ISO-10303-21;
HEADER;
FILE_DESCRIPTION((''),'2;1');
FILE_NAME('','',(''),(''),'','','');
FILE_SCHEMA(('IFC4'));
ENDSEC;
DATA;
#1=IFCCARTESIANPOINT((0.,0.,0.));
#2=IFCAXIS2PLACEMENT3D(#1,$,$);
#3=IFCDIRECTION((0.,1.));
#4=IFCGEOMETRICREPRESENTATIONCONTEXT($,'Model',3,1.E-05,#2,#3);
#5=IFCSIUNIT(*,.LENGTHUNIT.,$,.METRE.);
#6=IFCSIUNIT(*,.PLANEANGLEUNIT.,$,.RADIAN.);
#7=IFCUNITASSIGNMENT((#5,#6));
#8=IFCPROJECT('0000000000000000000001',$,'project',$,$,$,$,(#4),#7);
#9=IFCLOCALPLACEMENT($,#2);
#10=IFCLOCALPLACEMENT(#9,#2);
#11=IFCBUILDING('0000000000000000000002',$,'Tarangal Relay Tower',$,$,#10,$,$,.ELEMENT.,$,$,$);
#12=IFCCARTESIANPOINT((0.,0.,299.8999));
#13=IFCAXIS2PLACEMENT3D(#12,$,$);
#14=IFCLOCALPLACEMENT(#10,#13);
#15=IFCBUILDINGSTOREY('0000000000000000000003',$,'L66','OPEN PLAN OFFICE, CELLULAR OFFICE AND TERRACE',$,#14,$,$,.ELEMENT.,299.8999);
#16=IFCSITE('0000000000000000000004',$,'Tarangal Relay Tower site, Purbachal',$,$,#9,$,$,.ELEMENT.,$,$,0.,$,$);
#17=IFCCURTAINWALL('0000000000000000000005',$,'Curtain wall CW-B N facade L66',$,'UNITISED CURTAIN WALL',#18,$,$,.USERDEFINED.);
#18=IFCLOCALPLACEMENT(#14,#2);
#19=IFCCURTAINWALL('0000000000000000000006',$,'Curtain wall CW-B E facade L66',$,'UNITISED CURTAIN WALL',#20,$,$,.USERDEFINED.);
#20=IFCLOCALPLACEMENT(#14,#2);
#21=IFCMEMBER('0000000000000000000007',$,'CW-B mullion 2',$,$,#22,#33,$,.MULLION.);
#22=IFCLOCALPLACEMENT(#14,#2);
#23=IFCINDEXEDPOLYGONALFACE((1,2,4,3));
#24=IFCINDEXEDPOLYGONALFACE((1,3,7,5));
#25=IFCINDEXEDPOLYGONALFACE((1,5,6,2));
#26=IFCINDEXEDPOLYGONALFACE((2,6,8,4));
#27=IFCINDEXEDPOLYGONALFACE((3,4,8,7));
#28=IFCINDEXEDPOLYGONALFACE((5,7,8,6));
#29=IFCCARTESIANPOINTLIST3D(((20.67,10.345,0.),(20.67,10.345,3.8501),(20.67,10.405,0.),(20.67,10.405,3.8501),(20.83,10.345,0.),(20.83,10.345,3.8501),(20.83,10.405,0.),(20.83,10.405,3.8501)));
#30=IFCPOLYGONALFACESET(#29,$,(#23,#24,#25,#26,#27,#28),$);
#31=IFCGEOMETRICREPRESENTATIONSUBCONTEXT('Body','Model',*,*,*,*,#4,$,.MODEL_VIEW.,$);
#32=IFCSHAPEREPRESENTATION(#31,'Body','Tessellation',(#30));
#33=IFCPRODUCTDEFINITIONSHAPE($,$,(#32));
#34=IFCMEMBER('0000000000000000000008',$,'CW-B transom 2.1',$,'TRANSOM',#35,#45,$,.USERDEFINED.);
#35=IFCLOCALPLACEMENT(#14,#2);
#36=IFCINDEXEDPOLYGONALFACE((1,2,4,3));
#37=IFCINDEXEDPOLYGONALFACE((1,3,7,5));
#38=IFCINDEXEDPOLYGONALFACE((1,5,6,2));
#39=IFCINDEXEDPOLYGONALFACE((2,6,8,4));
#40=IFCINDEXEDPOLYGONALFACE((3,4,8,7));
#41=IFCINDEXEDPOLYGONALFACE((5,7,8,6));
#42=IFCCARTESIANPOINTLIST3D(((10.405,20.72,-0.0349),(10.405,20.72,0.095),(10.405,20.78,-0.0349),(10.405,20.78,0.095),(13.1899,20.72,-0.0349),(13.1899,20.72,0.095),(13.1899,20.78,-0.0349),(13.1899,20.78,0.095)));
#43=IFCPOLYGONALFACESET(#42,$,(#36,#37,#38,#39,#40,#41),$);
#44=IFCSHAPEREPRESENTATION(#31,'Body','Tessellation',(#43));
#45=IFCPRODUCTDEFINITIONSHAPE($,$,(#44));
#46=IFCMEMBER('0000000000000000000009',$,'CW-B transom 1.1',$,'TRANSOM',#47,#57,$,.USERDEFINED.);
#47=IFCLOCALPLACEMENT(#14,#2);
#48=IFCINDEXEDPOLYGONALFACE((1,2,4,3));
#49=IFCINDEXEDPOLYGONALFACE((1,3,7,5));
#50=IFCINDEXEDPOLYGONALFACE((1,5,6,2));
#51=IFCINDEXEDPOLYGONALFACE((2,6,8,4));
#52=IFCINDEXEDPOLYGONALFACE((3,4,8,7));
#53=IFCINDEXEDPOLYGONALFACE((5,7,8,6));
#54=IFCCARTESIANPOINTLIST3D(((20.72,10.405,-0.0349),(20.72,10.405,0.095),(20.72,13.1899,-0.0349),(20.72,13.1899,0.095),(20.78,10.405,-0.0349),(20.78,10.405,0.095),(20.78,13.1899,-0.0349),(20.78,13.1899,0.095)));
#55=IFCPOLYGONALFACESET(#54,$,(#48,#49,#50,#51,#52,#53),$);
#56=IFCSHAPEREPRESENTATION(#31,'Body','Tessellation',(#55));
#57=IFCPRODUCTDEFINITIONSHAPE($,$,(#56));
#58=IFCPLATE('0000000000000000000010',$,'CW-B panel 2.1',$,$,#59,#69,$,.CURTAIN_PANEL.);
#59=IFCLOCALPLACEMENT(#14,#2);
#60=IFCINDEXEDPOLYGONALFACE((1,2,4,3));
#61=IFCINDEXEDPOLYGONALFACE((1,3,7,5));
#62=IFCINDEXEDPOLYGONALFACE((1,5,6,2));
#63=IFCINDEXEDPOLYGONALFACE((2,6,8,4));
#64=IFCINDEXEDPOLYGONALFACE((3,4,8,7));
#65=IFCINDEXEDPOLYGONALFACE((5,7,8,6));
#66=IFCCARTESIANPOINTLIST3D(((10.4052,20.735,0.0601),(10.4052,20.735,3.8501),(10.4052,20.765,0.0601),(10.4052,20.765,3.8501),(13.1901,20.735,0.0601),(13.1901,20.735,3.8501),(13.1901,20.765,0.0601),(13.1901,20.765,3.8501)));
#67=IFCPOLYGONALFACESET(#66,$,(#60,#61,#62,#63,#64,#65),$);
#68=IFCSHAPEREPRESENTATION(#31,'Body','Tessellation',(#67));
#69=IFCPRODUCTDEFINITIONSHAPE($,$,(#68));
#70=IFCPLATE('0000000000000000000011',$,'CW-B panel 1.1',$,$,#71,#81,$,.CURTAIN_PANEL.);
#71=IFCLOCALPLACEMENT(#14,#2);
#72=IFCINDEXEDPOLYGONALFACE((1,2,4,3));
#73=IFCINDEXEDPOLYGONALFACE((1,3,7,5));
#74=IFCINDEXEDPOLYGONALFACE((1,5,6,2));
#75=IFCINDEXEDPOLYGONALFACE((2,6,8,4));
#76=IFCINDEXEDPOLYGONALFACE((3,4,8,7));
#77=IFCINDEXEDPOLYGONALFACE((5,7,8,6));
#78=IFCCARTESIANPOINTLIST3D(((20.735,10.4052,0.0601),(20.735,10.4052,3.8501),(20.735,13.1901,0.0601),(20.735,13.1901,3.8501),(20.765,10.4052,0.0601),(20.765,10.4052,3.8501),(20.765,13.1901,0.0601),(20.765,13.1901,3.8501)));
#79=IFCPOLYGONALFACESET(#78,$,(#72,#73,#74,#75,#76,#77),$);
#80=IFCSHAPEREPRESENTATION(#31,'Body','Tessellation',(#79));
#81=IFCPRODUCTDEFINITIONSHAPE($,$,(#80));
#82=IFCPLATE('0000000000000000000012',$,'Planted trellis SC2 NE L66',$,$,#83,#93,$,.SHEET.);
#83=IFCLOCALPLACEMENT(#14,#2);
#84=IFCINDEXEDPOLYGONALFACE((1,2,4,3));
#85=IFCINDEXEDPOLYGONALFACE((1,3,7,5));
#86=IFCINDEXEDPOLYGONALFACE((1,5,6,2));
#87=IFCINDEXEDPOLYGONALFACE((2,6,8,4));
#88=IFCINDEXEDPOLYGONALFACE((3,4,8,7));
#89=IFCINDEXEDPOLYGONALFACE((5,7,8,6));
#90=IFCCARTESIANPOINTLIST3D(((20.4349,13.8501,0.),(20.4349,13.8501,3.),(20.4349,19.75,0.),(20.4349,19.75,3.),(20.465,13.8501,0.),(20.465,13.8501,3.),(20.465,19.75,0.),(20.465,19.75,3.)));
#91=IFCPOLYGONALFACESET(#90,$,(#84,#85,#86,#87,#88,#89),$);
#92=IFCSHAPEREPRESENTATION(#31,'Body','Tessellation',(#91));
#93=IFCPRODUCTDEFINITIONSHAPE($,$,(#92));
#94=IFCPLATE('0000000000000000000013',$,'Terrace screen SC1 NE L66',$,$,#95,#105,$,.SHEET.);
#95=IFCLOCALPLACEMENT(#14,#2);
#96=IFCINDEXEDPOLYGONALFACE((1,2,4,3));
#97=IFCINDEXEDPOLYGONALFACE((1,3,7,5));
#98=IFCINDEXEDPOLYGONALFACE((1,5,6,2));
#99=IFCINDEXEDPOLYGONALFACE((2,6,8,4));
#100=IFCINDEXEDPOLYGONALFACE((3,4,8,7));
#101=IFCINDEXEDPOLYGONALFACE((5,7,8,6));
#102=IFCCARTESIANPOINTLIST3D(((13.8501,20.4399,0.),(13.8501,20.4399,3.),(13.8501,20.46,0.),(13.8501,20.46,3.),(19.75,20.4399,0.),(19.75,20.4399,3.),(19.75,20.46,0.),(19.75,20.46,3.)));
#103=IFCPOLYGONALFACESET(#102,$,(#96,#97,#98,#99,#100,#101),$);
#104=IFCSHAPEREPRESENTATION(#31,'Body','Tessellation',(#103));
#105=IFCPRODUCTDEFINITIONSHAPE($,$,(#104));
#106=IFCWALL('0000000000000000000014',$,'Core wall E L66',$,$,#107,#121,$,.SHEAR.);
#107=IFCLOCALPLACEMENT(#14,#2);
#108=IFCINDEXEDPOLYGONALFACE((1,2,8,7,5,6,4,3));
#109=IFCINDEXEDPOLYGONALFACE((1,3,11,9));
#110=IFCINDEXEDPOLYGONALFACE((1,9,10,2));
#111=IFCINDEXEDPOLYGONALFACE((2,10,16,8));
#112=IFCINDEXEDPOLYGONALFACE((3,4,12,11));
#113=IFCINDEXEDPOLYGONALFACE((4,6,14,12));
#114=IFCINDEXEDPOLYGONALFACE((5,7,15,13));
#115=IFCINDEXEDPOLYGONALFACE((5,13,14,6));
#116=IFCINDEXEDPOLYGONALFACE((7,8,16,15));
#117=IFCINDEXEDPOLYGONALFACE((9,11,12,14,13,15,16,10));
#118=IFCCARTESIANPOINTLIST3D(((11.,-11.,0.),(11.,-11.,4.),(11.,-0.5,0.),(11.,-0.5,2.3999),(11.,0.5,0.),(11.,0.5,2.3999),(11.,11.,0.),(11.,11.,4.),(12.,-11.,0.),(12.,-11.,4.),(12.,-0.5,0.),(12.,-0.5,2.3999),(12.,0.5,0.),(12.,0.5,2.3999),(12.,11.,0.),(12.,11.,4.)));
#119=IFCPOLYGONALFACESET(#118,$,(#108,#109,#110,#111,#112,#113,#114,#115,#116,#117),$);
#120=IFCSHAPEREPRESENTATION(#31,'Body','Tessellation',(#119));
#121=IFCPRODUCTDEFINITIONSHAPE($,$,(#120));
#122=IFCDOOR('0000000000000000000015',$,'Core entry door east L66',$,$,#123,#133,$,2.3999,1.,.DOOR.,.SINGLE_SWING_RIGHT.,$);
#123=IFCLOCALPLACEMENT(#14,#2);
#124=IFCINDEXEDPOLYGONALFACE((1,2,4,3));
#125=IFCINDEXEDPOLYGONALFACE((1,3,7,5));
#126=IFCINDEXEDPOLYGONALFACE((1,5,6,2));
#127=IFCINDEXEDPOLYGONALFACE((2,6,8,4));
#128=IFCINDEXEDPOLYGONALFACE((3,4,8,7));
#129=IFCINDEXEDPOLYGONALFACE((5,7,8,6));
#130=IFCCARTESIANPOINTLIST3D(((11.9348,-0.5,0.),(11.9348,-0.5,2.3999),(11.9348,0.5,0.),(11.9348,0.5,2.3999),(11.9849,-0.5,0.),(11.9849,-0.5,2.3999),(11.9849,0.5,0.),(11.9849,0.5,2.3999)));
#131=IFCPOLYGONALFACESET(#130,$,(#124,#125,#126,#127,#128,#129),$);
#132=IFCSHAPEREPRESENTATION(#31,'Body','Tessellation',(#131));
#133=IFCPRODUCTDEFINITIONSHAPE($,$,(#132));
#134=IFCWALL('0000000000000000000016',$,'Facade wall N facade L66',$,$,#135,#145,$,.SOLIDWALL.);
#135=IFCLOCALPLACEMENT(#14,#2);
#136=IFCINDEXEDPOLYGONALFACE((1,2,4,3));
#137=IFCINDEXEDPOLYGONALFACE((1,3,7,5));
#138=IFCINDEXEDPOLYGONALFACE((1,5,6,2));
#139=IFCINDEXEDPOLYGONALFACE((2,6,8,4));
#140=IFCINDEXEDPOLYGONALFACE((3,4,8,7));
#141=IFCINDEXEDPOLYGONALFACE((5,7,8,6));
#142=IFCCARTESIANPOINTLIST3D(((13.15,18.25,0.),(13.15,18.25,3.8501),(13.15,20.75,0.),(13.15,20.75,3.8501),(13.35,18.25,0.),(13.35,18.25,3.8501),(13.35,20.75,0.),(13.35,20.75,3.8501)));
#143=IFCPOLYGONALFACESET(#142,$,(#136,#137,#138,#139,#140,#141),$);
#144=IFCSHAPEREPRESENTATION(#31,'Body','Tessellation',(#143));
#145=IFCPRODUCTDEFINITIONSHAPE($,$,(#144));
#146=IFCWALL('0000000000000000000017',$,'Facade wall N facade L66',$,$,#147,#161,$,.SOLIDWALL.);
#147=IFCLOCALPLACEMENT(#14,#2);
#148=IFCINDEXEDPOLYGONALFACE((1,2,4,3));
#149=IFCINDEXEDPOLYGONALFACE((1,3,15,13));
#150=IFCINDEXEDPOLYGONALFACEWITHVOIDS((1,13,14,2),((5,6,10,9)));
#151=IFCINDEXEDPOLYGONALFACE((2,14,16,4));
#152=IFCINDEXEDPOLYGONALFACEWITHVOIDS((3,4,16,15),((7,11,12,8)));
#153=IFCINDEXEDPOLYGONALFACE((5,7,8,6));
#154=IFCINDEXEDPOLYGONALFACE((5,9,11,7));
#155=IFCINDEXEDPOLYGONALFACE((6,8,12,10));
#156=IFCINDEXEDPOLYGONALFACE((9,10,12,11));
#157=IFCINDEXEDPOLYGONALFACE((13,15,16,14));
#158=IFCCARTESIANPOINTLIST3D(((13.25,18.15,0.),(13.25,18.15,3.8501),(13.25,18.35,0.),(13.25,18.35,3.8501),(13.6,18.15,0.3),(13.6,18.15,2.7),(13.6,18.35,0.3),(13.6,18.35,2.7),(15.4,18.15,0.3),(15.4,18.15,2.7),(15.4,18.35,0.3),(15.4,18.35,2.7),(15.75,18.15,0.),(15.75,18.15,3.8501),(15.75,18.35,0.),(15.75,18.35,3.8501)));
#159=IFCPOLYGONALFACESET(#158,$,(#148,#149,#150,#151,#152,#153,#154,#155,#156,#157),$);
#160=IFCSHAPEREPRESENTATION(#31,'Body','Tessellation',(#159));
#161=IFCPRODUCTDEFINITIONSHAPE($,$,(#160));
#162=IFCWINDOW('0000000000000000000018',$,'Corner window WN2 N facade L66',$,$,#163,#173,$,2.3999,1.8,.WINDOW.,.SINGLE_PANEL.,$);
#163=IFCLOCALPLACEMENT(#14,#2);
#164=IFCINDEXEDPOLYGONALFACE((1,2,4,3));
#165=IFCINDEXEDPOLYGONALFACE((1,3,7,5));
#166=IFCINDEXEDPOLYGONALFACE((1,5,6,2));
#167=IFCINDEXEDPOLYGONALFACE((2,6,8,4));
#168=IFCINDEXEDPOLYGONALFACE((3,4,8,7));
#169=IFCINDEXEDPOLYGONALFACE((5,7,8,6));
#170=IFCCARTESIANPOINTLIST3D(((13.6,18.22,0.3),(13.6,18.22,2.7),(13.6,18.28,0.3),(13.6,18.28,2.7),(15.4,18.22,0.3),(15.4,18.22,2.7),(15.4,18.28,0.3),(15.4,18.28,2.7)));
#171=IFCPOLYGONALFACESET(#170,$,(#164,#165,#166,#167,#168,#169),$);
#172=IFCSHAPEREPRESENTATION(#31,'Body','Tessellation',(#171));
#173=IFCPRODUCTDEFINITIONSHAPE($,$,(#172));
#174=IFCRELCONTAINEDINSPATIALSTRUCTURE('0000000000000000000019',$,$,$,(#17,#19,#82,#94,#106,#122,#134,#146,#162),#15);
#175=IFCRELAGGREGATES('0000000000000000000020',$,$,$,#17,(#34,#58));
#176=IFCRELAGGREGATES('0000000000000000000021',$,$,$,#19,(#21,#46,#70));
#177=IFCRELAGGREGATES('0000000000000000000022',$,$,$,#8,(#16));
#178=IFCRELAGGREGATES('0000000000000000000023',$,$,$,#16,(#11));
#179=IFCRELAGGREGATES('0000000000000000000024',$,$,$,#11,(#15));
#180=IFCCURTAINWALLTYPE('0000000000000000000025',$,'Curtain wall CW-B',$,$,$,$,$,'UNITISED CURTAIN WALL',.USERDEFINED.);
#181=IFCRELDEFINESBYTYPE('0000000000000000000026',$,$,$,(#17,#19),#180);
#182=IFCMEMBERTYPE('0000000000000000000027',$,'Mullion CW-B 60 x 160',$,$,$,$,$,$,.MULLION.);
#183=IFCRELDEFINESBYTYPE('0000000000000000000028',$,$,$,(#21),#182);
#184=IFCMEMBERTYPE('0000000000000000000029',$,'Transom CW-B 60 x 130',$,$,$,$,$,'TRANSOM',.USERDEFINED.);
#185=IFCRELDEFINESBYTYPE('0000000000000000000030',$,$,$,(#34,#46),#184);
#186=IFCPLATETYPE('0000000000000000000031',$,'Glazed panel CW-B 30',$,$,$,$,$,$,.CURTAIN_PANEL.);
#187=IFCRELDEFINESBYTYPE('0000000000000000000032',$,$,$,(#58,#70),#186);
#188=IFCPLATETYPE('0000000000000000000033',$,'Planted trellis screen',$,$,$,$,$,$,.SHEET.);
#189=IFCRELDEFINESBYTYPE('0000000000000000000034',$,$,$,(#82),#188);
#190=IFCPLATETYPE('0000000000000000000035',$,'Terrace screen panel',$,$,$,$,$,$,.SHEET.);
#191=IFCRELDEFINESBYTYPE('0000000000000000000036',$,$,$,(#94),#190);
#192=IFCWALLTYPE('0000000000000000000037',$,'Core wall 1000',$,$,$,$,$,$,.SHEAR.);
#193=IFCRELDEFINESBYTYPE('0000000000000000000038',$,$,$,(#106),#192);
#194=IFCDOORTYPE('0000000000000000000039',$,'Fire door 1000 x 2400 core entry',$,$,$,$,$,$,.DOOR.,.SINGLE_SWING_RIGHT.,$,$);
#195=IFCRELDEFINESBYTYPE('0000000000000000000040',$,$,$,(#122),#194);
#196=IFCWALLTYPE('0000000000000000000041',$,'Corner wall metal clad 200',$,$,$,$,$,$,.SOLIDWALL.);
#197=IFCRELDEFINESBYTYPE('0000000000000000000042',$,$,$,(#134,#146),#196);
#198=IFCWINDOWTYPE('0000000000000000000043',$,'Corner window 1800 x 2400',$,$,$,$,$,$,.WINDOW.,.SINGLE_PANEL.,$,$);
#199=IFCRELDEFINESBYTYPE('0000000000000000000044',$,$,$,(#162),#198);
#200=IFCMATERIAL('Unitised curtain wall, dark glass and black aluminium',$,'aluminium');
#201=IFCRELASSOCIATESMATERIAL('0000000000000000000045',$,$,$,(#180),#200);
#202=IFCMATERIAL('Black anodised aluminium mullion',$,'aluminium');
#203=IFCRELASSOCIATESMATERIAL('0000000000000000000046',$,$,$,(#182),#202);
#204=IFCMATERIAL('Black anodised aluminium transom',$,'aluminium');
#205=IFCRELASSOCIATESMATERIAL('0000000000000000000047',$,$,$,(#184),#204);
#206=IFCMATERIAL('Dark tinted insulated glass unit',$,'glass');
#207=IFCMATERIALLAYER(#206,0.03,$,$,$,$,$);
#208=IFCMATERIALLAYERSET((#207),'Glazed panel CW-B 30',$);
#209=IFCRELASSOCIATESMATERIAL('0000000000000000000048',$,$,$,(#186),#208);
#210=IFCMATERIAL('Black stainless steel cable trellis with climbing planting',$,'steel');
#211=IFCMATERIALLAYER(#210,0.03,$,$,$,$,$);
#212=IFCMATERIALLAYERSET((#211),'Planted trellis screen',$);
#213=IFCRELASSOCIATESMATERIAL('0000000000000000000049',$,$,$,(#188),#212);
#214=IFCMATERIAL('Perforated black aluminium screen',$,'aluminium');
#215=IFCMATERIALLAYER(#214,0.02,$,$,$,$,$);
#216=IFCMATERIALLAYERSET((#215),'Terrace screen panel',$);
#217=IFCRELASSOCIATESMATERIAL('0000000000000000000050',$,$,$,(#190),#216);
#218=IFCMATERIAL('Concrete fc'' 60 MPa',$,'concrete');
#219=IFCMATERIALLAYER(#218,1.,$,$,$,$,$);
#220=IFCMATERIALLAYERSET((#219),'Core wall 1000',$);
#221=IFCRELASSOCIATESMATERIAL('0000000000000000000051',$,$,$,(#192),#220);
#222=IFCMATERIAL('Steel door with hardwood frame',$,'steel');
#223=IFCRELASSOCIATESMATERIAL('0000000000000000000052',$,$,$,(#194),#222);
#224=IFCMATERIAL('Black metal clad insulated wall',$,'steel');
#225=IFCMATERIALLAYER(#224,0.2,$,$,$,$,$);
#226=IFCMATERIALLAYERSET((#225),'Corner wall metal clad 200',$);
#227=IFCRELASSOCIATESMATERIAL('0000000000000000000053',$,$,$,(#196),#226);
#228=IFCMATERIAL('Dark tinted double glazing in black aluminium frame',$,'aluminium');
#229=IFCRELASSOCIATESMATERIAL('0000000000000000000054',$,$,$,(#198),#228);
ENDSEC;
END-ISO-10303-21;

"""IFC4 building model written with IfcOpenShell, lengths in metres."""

from ifc_helpers import new_model, si_unit, direction, frame, frame_2d, origin, origin_2d, place, context, subcontext, project, spatial, rectangle, extrude, material, layer, layer_set, material_profile, profile_set, type_object, element, fill, aggregate, save


model = new_model("IFC4")

# Units and contexts
model_context = context("Model", 3, precision=1e-05, world=origin(), true_north=direction((0.0, 1.0)))
body_context = subcontext(model_context, "Body", "Model", "MODEL_VIEW")
ifc_project = project(units=[si_unit("LENGTHUNIT", "METRE"), si_unit("PLANEANGLEUNIT", "RADIAN")], contexts=[model_context])

# Site, building, storey
site_placement = place(None, origin())
site = spatial("IfcSite", under=ifc_project, at=site_placement, Name="Tarangal Relay Tower site, Purbachal", CompositionType="ELEMENT", RefElevation=0.0)
building_placement = place(site_placement, origin())
building = spatial("IfcBuilding", under=site, at=building_placement, Name="Tarangal Relay Tower", CompositionType="ELEMENT")
storey_placement = place(building_placement, frame((0.0, 0.0, 299.8999)))
storey = spatial("IfcBuildingStorey", under=building, at=storey_placement, Name="L66", Description="OPEN PLAN OFFICE, CELLULAR OFFICE AND TERRACE", CompositionType="ELEMENT", Elevation=299.8999)

# Curtain wall
ifc_material_1 = material(Name="Unitised curtain wall, dark glass and black aluminium", Category="aluminium")
curtain_wall_type = type_object("IfcCurtainWallType", Name="Curtain wall CW-B", ElementType="UNITISED CURTAIN WALL", PredefinedType="USERDEFINED", material=ifc_material_1)
curtain_wall_1_placement = place(storey_placement, origin())
curtain_wall_1 = element("IfcCurtainWall", 1, at=curtain_wall_1_placement, inside=storey, type_object=curtain_wall_type, Name="Curtain wall CW-B N facade L66", ObjectType="UNITISED CURTAIN WALL", PredefinedType="USERDEFINED")
ifc_material_2 = material(Name="Black anodised aluminium mullion", Category="aluminium")
ifc_material_profile_1 = material_profile(ifc_material_2, rectangle(XDim=0.1599, YDim=0.0601, at=origin_2d()), Name="CW-BM 60X160")
ifc_profile_set_1 = profile_set([ifc_material_profile_1], Name="Black anodised aluminium mullion")
member_type_1 = type_object("IfcMemberType", Name="Mullion CW-B 60 x 160", PredefinedType="MULLION", material=ifc_profile_set_1)

# Curtain wall, member
curtain_wall_2_placement = place(storey_placement, origin())
curtain_wall_2 = element("IfcCurtainWall", 2, at=curtain_wall_2_placement, inside=storey, type_object=curtain_wall_type, Name="Curtain wall CW-B E facade L66", ObjectType="UNITISED CURTAIN WALL", PredefinedType="USERDEFINED")
member_1_placement = place(storey_placement, frame((20.75, 10.375, 0.0), z_axis=(0.0, 0.0, 1.0), x_axis=(1.0, 0.0, 0.0)))
member_1 = element("IfcMember", 3, at=member_1_placement, type_object=member_type_1, Name="CW-B mullion 2", PredefinedType="MULLION", context=body_context, shape_type="SweptSolid", body=[
    extrude(rectangle(XDim=0.1599, YDim=0.0601, at=origin_2d()), origin(), (0.0, 0.0, 1.0), 3.8501),
])

# Members
ifc_material_3 = material(Name="Black anodised aluminium transom", Category="aluminium")
ifc_material_profile_2 = material_profile(ifc_material_3, rectangle(XDim=0.0601, YDim=0.1299, at=origin_2d()), Name="CW-BT 60X130")
ifc_profile_set_2 = profile_set([ifc_material_profile_2], Name="Black anodised aluminium transom")
member_type_2 = type_object("IfcMemberType", Name="Transom CW-B 60 x 130", ElementType="TRANSOM", PredefinedType="USERDEFINED", material=ifc_profile_set_2)
member_2_placement = place(storey_placement, frame((10.405, 20.75, 0.03), z_axis=(1.0, 0.0, 0.0), x_axis=(0.0, 1.0, 0.0)))
member_2 = element("IfcMember", 4, at=member_2_placement, type_object=member_type_2, Name="CW-B transom 2.1", ObjectType="TRANSOM", PredefinedType="USERDEFINED", context=body_context, shape_type="SweptSolid", body=[
    extrude(rectangle(XDim=0.0601, YDim=0.1299, at=origin_2d()), origin(), (0.0, 0.0, 1.0), 2.7849),
])
member_3_placement = place(storey_placement, frame((20.75, 13.1899, 0.03), z_axis=(0.0, -1.0, 0.0), x_axis=(1.0, 0.0, 0.0)))
member_3 = element("IfcMember", 5, at=member_3_placement, type_object=member_type_2, Name="CW-B transom 1.1", ObjectType="TRANSOM", PredefinedType="USERDEFINED", context=body_context, shape_type="SweptSolid", body=[
    extrude(rectangle(XDim=0.0601, YDim=0.1299, at=origin_2d()), origin(), (0.0, 0.0, 1.0), 2.7849),
])

# Plates
ifc_material_4 = material(Name="Dark tinted insulated glass unit", Category="glass")
ifc_layer_1 = layer(ifc_material_4, 0.03)
ifc_layer_set_1 = layer_set([ifc_layer_1], Name="Glazed panel CW-B 30")
plate_type_1 = type_object("IfcPlateType", Name="Glazed panel CW-B 30", PredefinedType="CURTAIN_PANEL", material=ifc_layer_set_1)
plate_1_placement = place(storey_placement, frame((11.7976, 20.75, 0.0601), z_axis=(0.0, 0.0, 1.0), x_axis=(1.0, 0.0, 0.0)))
plate_1 = element("IfcPlate", 6, at=plate_1_placement, type_object=plate_type_1, Name="CW-B panel 2.1", PredefinedType="CURTAIN_PANEL", context=body_context, shape_type="SweptSolid", body=[
    extrude(rectangle(XDim=2.7849, YDim=0.03, at=origin_2d()), origin(), (0.0, 0.0, 1.0), 3.79),
])
aggregate(curtain_wall_1, [member_2, plate_1])
plate_2_placement = place(storey_placement, frame((20.75, 11.7976, 0.0601), z_axis=(0.0, 0.0, 1.0), x_axis=(0.0, -1.0, 0.0)))
plate_2 = element("IfcPlate", 7, at=plate_2_placement, type_object=plate_type_1, Name="CW-B panel 1.1", PredefinedType="CURTAIN_PANEL", context=body_context, shape_type="SweptSolid", body=[
    extrude(rectangle(XDim=2.7849, YDim=0.03, at=origin_2d()), origin(), (0.0, 0.0, 1.0), 3.79),
])
aggregate(curtain_wall_2, [member_1, member_3, plate_2])

# Plates
ifc_material_5 = material(Name="Black stainless steel cable trellis with climbing planting", Category="steel")
ifc_layer_2 = layer(ifc_material_5, 0.03)
ifc_layer_set_2 = layer_set([ifc_layer_2], Name="Planted trellis screen")
plate_type_2 = type_object("IfcPlateType", Name="Planted trellis screen", PredefinedType="SHEET", material=ifc_layer_set_2)
plate_3_placement = place(storey_placement, frame((20.45, 16.8, 0.0), z_axis=(0.0, 0.0, 1.0), x_axis=(0.0, -1.0, 0.0)))
element("IfcPlate", 8, at=plate_3_placement, inside=storey, type_object=plate_type_2, Name="Planted trellis SC2 NE L66", PredefinedType="SHEET", context=body_context, shape_type="SweptSolid", body=[
    extrude(rectangle(XDim=5.8999, YDim=0.03, at=origin_2d()), origin(), (0.0, 0.0, 1.0), 3.0),
])
ifc_material_6 = material(Name="Perforated black aluminium screen", Category="aluminium")
ifc_layer_3 = layer(ifc_material_6, 0.02)
ifc_layer_set_3 = layer_set([ifc_layer_3], Name="Terrace screen panel")
plate_type_3 = type_object("IfcPlateType", Name="Terrace screen panel", PredefinedType="SHEET", material=ifc_layer_set_3)
plate_4_placement = place(storey_placement, frame((16.8, 20.45, 0.0), z_axis=(0.0, 0.0, 1.0), x_axis=(1.0, 0.0, 0.0)))
element("IfcPlate", 9, at=plate_4_placement, inside=storey, type_object=plate_type_3, Name="Terrace screen SC1 NE L66", PredefinedType="SHEET", context=body_context, shape_type="SweptSolid", body=[
    extrude(rectangle(XDim=5.8999, YDim=0.02, at=origin_2d()), origin(), (0.0, 0.0, 1.0), 3.0),
])

# Wall, opening, door
ifc_material_7 = material(Name="Concrete fc' 60 MPa", Category="concrete")
ifc_layer_4 = layer(ifc_material_7, 1.0)
ifc_layer_set_4 = layer_set([ifc_layer_4], Name="Core wall 1000")
wall_type_1 = type_object("IfcWallType", Name="Core wall 1000", PredefinedType="SHEAR", material=ifc_layer_set_4)
wall_1_placement = place(storey_placement, frame((11.5, 11.0, 0.0), z_axis=(0.0, 0.0, 1.0), x_axis=(0.0, -1.0, 0.0)))
wall_1 = element("IfcWall", 10, at=wall_1_placement, inside=storey, type_object=wall_type_1, Name="Core wall E L66", PredefinedType="SHEAR", context=body_context, shape_type="SweptSolid", body=[
    extrude(rectangle(XDim=22.0, YDim=1.0, at=frame_2d((11.0, 0.0))), origin(), (0.0, 0.0, 1.0), 4.0),
])
opening_1_placement = place(wall_1_placement, frame((10.5, 0.0, 0.0)))
opening_1 = element("IfcOpeningElement", 11, at=opening_1_placement, cuts=wall_1, PredefinedType="OPENING", context=body_context, shape_type="SweptSolid", body=[
    extrude(rectangle(XDim=1.0, YDim=2.3999, at=frame_2d((0.5, 1.2))), frame((0.0, 0.51, 0.0), z_axis=(0.0, -1.0, 0.0), x_axis=(1.0, 0.0, 0.0)), (0.0, 0.0, 1.0), 1.02),
])
ifc_material_8 = material(Name="Steel door with hardwood frame", Category="steel")
door_type_1 = type_object("IfcDoorType", Name="Fire door 1000 x 2400 core entry", OperationType="SINGLE_SWING_RIGHT", PredefinedType="DOOR", material=ifc_material_8)
door_1_placement = place(opening_1_placement, origin())
door_1 = element("IfcDoor", 12, at=door_1_placement, inside=storey, type_object=door_type_1, Name="Core entry door east L66", OperationType="SINGLE_SWING_RIGHT", OverallHeight=2.3999, OverallWidth=1.0, PredefinedType="DOOR", context=body_context, shape_type="SweptSolid", body=[
    extrude(rectangle(XDim=1.0, YDim=2.3999, at=frame_2d((0.5, 1.2))), frame((0.0, 0.4849, 0.0), z_axis=(0.0, -1.0, 0.0), x_axis=(1.0, 0.0, 0.0)), (0.0, 0.0, 1.0), 0.05),
])
fill(opening_1, door_1)

# Wall
ifc_material_9 = material(Name="Black metal clad insulated wall", Category="steel")
ifc_layer_5 = layer(ifc_material_9, 0.2)
ifc_layer_set_5 = layer_set([ifc_layer_5], Name="Corner wall metal clad 200")
wall_type_2 = type_object("IfcWallType", Name="Corner wall metal clad 200", PredefinedType="SOLIDWALL", material=ifc_layer_set_5)
wall_2_placement = place(storey_placement, frame((13.25, 20.75, 0.0), z_axis=(0.0, 0.0, 1.0), x_axis=(0.0, -1.0, 0.0)))
element("IfcWall", 13, at=wall_2_placement, inside=storey, type_object=wall_type_2, Name="Facade wall N facade L66", PredefinedType="SOLIDWALL", context=body_context, shape_type="SweptSolid", body=[
    extrude(rectangle(XDim=2.5, YDim=0.2, at=frame_2d((1.25, 0.0))), origin(), (0.0, 0.0, 1.0), 3.8501),
])

# Wall, opening, window
wall_3_placement = place(storey_placement, frame((13.25, 18.25, 0.0), z_axis=(0.0, 0.0, 1.0), x_axis=(1.0, 0.0, 0.0)))
wall_3 = element("IfcWall", 14, at=wall_3_placement, inside=storey, type_object=wall_type_2, Name="Facade wall N facade L66", PredefinedType="SOLIDWALL", context=body_context, shape_type="SweptSolid", body=[
    extrude(rectangle(XDim=2.5, YDim=0.2, at=frame_2d((1.25, 0.0))), origin(), (0.0, 0.0, 1.0), 3.8501),
])
opening_2_placement = place(wall_3_placement, frame((0.3501, 0.0, 0.3)))
opening_2 = element("IfcOpeningElement", 15, at=opening_2_placement, cuts=wall_3, PredefinedType="OPENING", context=body_context, shape_type="SweptSolid", body=[
    extrude(rectangle(XDim=1.8, YDim=2.3999, at=frame_2d((0.8999, 1.2))), frame((0.0, 0.1099, 0.0), z_axis=(0.0, -1.0, 0.0), x_axis=(1.0, 0.0, 0.0)), (0.0, 0.0, 1.0), 0.22),
])
ifc_material_10 = material(Name="Dark tinted double glazing in black aluminium frame", Category="aluminium")
window_type = type_object("IfcWindowType", Name="Corner window 1800 x 2400", PartitioningType="SINGLE_PANEL", PredefinedType="WINDOW", material=ifc_material_10)
window_1_placement = place(opening_2_placement, origin())
window_1 = element("IfcWindow", 16, at=window_1_placement, inside=storey, type_object=window_type, Name="Corner window WN2 N facade L66", OverallHeight=2.3999, OverallWidth=1.8, PartitioningType="SINGLE_PANEL", PredefinedType="WINDOW", context=body_context, shape_type="SweptSolid", body=[
    extrude(rectangle(XDim=1.8, YDim=2.3999, at=frame_2d((0.8999, 1.2))), frame((0.0, 0.03, 0.0), z_axis=(0.0, -1.0, 0.0), x_axis=(1.0, 0.0, 0.0)), (0.0, 0.0, 1.0), 0.0601),
])
fill(opening_2, window_1)

save(model, "model.ifc")
